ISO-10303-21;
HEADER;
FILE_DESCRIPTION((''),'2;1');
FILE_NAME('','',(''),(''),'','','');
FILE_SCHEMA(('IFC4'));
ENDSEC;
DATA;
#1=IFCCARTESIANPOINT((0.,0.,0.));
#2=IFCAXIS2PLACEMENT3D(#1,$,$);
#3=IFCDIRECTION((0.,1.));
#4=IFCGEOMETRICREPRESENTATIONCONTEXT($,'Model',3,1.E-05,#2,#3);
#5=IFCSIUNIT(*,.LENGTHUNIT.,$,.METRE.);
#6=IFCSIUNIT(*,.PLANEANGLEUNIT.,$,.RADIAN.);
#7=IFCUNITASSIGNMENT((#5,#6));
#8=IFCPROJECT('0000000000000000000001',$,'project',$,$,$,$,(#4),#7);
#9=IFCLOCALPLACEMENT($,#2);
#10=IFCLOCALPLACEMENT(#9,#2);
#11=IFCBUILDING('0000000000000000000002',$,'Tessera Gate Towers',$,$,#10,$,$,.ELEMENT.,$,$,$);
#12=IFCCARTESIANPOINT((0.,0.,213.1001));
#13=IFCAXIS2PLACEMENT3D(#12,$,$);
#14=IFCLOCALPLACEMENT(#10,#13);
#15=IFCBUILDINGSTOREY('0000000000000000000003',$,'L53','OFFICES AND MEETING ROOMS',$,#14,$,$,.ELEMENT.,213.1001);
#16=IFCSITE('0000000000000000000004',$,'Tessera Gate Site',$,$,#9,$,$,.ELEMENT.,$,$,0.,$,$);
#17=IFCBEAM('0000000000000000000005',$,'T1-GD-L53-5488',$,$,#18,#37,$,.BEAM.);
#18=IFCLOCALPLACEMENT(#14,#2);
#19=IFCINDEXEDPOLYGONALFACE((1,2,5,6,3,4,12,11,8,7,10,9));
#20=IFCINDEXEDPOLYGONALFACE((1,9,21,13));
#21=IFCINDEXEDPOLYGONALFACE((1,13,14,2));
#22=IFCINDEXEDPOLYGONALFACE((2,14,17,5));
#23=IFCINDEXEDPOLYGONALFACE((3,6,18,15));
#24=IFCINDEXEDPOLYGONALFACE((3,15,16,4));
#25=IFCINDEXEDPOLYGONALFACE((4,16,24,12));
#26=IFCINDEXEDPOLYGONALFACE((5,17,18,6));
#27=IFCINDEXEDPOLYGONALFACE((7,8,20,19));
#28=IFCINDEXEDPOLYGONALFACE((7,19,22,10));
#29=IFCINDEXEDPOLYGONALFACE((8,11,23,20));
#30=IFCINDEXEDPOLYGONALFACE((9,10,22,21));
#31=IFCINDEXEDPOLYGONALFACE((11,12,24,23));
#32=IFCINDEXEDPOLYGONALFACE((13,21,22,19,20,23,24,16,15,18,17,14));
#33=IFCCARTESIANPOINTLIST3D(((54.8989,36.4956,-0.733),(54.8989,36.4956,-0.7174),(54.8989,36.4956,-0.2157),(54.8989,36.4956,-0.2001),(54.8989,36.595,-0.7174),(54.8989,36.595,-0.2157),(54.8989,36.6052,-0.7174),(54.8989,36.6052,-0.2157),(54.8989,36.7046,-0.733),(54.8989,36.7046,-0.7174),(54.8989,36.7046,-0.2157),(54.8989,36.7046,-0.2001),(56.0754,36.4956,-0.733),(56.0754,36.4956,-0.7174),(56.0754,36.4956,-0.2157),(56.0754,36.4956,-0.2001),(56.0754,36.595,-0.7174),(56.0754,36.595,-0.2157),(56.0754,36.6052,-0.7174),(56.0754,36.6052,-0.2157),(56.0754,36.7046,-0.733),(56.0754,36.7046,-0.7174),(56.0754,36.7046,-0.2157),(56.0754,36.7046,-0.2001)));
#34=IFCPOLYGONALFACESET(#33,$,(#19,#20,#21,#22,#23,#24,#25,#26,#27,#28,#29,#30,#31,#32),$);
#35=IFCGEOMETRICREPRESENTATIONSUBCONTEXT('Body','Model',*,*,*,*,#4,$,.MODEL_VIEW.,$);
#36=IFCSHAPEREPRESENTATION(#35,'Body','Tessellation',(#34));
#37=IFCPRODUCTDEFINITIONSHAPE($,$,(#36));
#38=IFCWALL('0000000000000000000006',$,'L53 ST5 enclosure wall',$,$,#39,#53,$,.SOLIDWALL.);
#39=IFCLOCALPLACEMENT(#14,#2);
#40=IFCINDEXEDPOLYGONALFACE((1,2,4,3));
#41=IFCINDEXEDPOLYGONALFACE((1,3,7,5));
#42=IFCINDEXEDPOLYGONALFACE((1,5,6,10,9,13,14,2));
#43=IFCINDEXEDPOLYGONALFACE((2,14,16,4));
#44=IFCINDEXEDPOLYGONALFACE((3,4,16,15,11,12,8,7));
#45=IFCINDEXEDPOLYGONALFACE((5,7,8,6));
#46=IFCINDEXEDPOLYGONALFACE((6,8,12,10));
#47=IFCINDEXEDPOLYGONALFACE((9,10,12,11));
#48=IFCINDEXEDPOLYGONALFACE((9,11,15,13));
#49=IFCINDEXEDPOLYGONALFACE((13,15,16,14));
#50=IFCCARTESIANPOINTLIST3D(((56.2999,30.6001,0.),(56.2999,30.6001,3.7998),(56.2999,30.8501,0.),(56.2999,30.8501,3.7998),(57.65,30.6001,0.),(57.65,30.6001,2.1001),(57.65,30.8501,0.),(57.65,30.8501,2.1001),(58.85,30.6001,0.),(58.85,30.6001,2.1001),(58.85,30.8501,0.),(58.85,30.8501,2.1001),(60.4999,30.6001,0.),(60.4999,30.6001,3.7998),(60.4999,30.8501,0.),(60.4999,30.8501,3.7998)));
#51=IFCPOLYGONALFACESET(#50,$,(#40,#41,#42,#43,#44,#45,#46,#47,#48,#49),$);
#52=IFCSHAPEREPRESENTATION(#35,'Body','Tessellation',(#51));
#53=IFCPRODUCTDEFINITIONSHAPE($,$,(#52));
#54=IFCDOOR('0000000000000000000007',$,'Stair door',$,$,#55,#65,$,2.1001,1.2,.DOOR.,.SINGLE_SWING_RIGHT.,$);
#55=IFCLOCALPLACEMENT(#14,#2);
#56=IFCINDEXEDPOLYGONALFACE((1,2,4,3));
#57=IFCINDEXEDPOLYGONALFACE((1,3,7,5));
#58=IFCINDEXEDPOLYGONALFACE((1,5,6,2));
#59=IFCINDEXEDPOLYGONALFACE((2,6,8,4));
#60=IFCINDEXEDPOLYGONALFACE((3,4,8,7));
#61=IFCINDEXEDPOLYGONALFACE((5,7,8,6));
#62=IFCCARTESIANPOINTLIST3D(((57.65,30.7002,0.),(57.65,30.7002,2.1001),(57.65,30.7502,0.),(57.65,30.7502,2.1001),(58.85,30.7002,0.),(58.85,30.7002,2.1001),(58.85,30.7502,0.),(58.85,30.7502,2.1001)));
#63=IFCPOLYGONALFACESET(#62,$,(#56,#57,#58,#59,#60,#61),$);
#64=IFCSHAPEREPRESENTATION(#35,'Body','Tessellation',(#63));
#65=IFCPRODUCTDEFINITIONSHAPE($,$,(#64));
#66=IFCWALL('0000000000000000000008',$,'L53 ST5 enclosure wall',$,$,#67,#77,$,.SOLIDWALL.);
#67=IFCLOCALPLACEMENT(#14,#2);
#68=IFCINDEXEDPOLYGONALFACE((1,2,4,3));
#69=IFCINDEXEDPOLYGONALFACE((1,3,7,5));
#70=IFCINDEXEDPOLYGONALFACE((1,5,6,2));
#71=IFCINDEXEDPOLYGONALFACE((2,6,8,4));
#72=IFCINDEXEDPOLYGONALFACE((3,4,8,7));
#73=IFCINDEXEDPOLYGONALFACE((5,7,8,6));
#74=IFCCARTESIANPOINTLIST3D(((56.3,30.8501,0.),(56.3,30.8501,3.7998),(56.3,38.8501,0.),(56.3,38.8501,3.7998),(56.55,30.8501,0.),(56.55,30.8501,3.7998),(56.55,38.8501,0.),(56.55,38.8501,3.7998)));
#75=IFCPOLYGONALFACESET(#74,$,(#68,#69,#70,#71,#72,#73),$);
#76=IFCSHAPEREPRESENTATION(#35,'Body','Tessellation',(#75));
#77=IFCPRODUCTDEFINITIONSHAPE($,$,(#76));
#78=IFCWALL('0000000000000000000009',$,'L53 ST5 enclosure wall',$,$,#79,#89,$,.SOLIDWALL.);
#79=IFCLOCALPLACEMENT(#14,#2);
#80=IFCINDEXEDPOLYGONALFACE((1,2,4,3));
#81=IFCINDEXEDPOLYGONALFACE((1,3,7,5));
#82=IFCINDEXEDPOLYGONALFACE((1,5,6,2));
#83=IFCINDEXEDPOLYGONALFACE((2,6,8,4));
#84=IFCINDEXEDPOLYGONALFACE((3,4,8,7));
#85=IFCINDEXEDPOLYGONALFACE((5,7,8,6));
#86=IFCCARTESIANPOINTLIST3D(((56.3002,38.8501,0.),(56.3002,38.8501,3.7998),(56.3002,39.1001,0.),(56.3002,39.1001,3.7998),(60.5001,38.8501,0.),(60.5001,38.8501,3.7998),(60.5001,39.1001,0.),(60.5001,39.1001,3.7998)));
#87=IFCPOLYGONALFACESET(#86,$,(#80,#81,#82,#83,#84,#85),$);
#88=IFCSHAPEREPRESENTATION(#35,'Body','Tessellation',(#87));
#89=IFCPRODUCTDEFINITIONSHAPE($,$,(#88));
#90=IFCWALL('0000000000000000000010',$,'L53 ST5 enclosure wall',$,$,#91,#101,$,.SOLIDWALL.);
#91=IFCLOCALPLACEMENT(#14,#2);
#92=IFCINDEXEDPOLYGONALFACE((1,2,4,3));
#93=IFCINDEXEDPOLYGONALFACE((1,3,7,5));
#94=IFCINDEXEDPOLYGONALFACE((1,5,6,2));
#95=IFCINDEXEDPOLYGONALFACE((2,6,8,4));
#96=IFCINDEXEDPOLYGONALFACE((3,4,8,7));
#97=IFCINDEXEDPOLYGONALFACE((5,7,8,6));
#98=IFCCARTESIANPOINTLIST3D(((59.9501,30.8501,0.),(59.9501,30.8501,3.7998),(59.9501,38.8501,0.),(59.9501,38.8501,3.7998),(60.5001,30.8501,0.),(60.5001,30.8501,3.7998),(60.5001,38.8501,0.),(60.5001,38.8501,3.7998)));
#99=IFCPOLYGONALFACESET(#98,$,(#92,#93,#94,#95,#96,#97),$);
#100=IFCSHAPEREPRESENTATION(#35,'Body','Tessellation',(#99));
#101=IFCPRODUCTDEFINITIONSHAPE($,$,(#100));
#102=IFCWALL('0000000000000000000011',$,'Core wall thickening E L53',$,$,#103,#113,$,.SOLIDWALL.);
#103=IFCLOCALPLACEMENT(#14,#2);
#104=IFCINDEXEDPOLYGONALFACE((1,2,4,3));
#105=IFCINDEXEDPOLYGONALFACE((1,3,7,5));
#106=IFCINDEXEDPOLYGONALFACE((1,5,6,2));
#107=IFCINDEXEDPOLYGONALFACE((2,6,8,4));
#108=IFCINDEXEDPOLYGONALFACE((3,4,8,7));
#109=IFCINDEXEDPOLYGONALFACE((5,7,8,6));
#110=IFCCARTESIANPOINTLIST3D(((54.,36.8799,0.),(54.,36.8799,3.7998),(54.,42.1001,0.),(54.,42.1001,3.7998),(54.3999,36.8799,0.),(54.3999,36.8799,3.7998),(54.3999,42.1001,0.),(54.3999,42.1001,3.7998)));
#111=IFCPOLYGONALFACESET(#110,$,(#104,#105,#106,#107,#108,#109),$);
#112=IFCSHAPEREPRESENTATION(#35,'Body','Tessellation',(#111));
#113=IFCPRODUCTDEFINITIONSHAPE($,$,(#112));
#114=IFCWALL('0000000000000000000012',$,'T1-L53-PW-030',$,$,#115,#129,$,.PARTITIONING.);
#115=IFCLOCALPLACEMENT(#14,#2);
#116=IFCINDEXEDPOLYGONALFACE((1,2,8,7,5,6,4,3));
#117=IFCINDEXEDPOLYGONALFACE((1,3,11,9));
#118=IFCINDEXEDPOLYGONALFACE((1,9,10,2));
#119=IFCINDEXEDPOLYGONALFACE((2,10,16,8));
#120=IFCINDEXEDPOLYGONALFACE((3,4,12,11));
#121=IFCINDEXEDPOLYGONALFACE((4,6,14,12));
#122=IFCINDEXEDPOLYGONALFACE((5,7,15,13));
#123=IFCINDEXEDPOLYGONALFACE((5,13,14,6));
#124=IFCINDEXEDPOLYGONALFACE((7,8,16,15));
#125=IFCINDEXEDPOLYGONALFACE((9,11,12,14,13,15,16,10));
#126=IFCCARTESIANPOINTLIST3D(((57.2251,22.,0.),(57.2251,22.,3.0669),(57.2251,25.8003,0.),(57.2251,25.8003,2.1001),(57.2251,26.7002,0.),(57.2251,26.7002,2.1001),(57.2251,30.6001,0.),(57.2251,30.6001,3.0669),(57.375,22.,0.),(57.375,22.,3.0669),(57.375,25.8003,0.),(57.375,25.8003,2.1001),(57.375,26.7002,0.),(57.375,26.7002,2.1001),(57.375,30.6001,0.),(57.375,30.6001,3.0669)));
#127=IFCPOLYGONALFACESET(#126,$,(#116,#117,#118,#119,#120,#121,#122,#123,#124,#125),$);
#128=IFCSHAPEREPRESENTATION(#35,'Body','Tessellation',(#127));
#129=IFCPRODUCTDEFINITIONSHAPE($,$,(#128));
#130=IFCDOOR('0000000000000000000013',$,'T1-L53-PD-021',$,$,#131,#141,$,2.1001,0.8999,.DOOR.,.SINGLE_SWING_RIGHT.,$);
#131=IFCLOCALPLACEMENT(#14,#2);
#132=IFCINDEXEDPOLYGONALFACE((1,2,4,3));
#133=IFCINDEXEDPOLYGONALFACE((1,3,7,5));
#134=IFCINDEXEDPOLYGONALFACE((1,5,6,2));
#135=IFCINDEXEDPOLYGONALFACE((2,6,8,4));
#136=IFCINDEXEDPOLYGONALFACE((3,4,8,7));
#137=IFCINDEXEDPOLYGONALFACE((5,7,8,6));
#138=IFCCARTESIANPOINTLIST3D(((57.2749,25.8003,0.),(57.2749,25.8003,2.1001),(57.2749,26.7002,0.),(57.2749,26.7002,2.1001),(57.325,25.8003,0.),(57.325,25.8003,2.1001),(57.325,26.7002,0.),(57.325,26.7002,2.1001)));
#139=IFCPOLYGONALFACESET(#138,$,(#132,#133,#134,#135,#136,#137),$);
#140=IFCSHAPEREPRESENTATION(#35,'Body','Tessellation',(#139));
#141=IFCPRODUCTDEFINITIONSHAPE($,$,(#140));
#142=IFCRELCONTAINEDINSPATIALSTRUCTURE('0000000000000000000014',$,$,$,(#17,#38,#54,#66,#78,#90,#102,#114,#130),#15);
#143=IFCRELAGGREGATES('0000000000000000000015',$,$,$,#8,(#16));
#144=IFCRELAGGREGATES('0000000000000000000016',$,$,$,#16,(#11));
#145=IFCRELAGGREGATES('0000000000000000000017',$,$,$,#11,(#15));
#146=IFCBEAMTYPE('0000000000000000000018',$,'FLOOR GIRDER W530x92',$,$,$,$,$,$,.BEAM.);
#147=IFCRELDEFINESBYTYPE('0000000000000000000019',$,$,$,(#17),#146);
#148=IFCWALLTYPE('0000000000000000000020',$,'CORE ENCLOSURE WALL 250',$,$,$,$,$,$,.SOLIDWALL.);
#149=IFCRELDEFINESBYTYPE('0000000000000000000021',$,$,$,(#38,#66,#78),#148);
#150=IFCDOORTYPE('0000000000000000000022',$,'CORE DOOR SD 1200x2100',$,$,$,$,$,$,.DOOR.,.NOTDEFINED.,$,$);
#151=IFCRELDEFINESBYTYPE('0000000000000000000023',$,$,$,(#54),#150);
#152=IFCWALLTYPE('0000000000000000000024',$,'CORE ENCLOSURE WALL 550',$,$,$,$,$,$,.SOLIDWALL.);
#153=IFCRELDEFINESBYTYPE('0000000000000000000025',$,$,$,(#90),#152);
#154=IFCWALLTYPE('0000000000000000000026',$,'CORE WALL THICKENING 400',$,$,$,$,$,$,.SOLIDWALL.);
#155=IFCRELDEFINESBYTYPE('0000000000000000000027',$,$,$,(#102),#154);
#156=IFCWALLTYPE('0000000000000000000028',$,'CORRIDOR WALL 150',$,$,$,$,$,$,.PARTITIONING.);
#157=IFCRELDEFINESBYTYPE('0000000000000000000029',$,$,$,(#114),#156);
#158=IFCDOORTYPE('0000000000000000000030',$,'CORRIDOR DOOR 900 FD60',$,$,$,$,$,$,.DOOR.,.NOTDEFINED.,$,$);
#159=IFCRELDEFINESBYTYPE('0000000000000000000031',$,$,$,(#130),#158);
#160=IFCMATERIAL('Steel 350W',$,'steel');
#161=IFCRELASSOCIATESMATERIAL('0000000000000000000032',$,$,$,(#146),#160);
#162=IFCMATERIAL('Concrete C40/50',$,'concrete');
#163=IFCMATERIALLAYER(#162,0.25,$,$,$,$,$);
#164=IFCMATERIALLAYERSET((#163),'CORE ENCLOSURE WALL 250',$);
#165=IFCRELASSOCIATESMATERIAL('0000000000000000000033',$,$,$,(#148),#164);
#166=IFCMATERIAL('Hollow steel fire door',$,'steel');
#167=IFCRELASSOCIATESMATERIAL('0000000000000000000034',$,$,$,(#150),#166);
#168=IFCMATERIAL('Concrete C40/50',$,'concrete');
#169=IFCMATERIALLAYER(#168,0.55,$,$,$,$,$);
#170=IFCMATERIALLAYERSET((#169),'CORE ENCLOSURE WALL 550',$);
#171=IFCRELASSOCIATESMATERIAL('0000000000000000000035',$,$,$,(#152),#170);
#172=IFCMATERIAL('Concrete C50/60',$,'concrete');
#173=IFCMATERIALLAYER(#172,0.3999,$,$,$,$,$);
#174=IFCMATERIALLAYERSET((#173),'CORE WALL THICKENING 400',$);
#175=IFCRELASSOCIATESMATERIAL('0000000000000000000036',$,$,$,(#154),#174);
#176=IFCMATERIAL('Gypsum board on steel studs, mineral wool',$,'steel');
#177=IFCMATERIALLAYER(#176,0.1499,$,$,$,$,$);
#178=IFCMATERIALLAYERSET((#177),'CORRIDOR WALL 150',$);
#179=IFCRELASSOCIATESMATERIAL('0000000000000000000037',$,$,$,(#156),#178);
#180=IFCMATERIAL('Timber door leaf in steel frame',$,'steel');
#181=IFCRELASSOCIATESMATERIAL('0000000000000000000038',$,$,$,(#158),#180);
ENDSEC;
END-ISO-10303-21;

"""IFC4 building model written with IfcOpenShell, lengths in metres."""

from ifc_helpers import new_model, si_unit, direction, frame, frame_2d, origin, origin_2d, place, context, subcontext, project, spatial, rectangle, i_section, extrude, source, transform, mapped, material, layer, layer_set, material_profile, profile_set, type_object, element, fill, save


model = new_model("IFC4")

# Units and contexts
model_context = context("Model", 3, precision=1e-05, world=origin(), true_north=direction((0.0, 1.0)))
body_context = subcontext(model_context, "Body", "Model", "MODEL_VIEW")
ifc_project = project(units=[si_unit("LENGTHUNIT", "METRE"), si_unit("PLANEANGLEUNIT", "RADIAN")], contexts=[model_context])

# Site, building, storey
site_placement = place(None, origin())
site = spatial("IfcSite", under=ifc_project, at=site_placement, Name="Tessera Gate Site", CompositionType="ELEMENT", RefElevation=0.0)
building_placement = place(site_placement, origin())
building = spatial("IfcBuilding", under=site, at=building_placement, Name="Tessera Gate Towers", CompositionType="ELEMENT")
storey_placement = place(building_placement, frame((0.0, 0.0, 213.1001)))
storey = spatial("IfcBuildingStorey", under=building, at=storey_placement, Name="L53", Description="OFFICES AND MEETING ROOMS", CompositionType="ELEMENT", Elevation=213.1001)

# Beam
ifc_material_1 = material(Name="Steel 350W", Category="steel")
ifc_material_profile = material_profile(ifc_material_1, i_section(OverallWidth=0.209, OverallDepth=0.533, WebThickness=0.0103, FlangeThickness=0.0156, at=origin_2d()), Name="W530x92")
ifc_profile_set = profile_set([ifc_material_profile], Name="Steel 350W")
beam_type = type_object("IfcBeamType", Name="FLOOR GIRDER W530x92", PredefinedType="BEAM", material=ifc_profile_set)
beam_placement = place(storey_placement, frame((54.8989, 36.6001, -0.4666), z_axis=(1.0, 0.0, 0.0), x_axis=(0.0, 1.0, 0.0)))
element("IfcBeam", 1, at=beam_placement, inside=storey, type_object=beam_type, Name="T1-GD-L53-5488", PredefinedType="BEAM", context=body_context, shape_type="SweptSolid", body=[
    extrude(i_section(OverallWidth=0.209, OverallDepth=0.533, WebThickness=0.0103, FlangeThickness=0.0156, at=origin_2d()), origin(), (0.0, 0.0, 1.0), 1.1765),
])

# Wall, opening, door
ifc_material_2 = material(Name="Concrete C40/50", Category="concrete")
ifc_layer_1 = layer(ifc_material_2, 0.25)
ifc_layer_set_1 = layer_set([ifc_layer_1], Name="CORE ENCLOSURE WALL 250")
wall_type_1 = type_object("IfcWallType", Name="CORE ENCLOSURE WALL 250", PredefinedType="SOLIDWALL", material=ifc_layer_set_1)
wall_1_placement = place(storey_placement, frame((60.5, 30.7251, 0.0), z_axis=(0.0, 0.0, 1.0), x_axis=(-1.0, 0.0, 0.0)))
wall_1 = element("IfcWall", 2, at=wall_1_placement, inside=storey, type_object=wall_type_1, Name="L53 ST5 enclosure wall", PredefinedType="SOLIDWALL", context=body_context, shape_type="SweptSolid", body=[
    extrude(rectangle(XDim=4.2, YDim=0.25, at=frame_2d((2.1001, 0.0))), origin(), (0.0, 0.0, 1.0), 3.7998),
])
shared_shape_1 = source(origin(), body_context, "Body", "SweptSolid", [
    extrude(rectangle(XDim=1.2, YDim=2.1001, at=frame_2d((0.6001, 1.05))), frame((0.0, 0.135, 0.0), z_axis=(0.0, -1.0, 0.0), x_axis=(1.0, 0.0, 0.0)), (0.0, 0.0, 1.0), 0.27),
])
opening_1_placement = place(wall_1_placement, frame((1.6499, 0.0, 0.0)))
opening_1 = element("IfcOpeningElement", 3, at=opening_1_placement, cuts=wall_1, PredefinedType="OPENING", context=body_context, shape_type="MappedRepresentation", body=[
    mapped(shared_shape_1, transform((0.0, 0.0, 0.0), scale=1.0)),
])
ifc_material_3 = material(Name="Hollow steel fire door", Category="steel")
door_type_1 = type_object("IfcDoorType", Name="CORE DOOR SD 1200x2100", OperationType="NOTDEFINED", PredefinedType="DOOR", material=ifc_material_3)
shared_shape_2 = source(origin(), body_context, "Body", "SweptSolid", [
    extrude(rectangle(XDim=1.2, YDim=2.1001, at=frame_2d((0.6001, 1.05))), frame((0.0, 0.0249, 0.0), z_axis=(0.0, -1.0, 0.0), x_axis=(1.0, 0.0, 0.0)), (0.0, 0.0, 1.0), 0.05),
])
door_1_placement = place(opening_1_placement, origin())
door_1 = element("IfcDoor", 4, at=door_1_placement, inside=storey, type_object=door_type_1, Name="Stair door", OperationType="SINGLE_SWING_RIGHT", OverallHeight=2.1001, OverallWidth=1.2, PredefinedType="DOOR", context=body_context, shape_type="MappedRepresentation", body=[
    mapped(shared_shape_2, transform((0.0, 0.0, 0.0), scale=1.0)),
])
fill(opening_1, door_1)

# Walls
wall_2_placement = place(storey_placement, frame((56.425, 30.8501, 0.0), z_axis=(0.0, 0.0, 1.0), x_axis=(0.0, 1.0, 0.0)))
element("IfcWall", 5, at=wall_2_placement, inside=storey, type_object=wall_type_1, Name="L53 ST5 enclosure wall", PredefinedType="SOLIDWALL", context=body_context, shape_type="SweptSolid", body=[
    extrude(rectangle(XDim=8.0, YDim=0.25, at=frame_2d((4.0, 0.0))), origin(), (0.0, 0.0, 1.0), 3.7998),
])
wall_3_placement = place(storey_placement, frame((56.3, 38.9751, 0.0), z_axis=(0.0, 0.0, 1.0), x_axis=(1.0, 0.0, 0.0)))
element("IfcWall", 6, at=wall_3_placement, inside=storey, type_object=wall_type_1, Name="L53 ST5 enclosure wall", PredefinedType="SOLIDWALL", context=body_context, shape_type="SweptSolid", body=[
    extrude(rectangle(XDim=4.2, YDim=0.25, at=frame_2d((2.1001, 0.0))), origin(), (0.0, 0.0, 1.0), 3.7998),
])
ifc_material_4 = material(Name="Concrete C40/50", Category="concrete")
ifc_layer_2 = layer(ifc_material_4, 0.55)
ifc_layer_set_2 = layer_set([ifc_layer_2], Name="CORE ENCLOSURE WALL 550")
wall_type_2 = type_object("IfcWallType", Name="CORE ENCLOSURE WALL 550", PredefinedType="SOLIDWALL", material=ifc_layer_set_2)
wall_4_placement = place(storey_placement, frame((60.2251, 38.8501, 0.0), z_axis=(0.0, 0.0, 1.0), x_axis=(0.0, -1.0, 0.0)))
element("IfcWall", 7, at=wall_4_placement, inside=storey, type_object=wall_type_2, Name="L53 ST5 enclosure wall", PredefinedType="SOLIDWALL", context=body_context, shape_type="SweptSolid", body=[
    extrude(rectangle(XDim=8.0, YDim=0.55, at=frame_2d((4.0, 0.0))), origin(), (0.0, 0.0, 1.0), 3.7998),
])
ifc_material_5 = material(Name="Concrete C50/60", Category="concrete")
ifc_layer_3 = layer(ifc_material_5, 0.3999)
ifc_layer_set_3 = layer_set([ifc_layer_3], Name="CORE WALL THICKENING 400")
wall_type_3 = type_object("IfcWallType", Name="CORE WALL THICKENING 400", PredefinedType="SOLIDWALL", material=ifc_layer_set_3)
wall_5_placement = place(storey_placement, frame((54.2, 36.8799, 0.0), z_axis=(0.0, 0.0, 1.0), x_axis=(0.0, 1.0, 0.0)))
element("IfcWall", 8, at=wall_5_placement, inside=storey, type_object=wall_type_3, Name="Core wall thickening E L53", PredefinedType="SOLIDWALL", context=body_context, shape_type="SweptSolid", body=[
    extrude(rectangle(XDim=5.2202, YDim=0.3999, at=frame_2d((2.6101, 0.0))), origin(), (0.0, 0.0, 1.0), 3.7998),
])

# Wall, opening, door
ifc_material_6 = material(Name="Gypsum board on steel studs, mineral wool", Category="steel")
ifc_layer_4 = layer(ifc_material_6, 0.1499)
ifc_layer_set_4 = layer_set([ifc_layer_4], Name="CORRIDOR WALL 150")
wall_type_4 = type_object("IfcWallType", Name="CORRIDOR WALL 150", PredefinedType="PARTITIONING", material=ifc_layer_set_4)
wall_6_placement = place(storey_placement, frame((57.3, 30.6001, 0.0), z_axis=(0.0, 0.0, 1.0), x_axis=(0.0, -1.0, 0.0)))
wall_6 = element("IfcWall", 9, at=wall_6_placement, inside=storey, type_object=wall_type_4, Name="T1-L53-PW-030", PredefinedType="PARTITIONING", context=body_context, shape_type="SweptSolid", body=[
    extrude(rectangle(XDim=8.6001, YDim=0.1499, at=frame_2d((4.3, 0.0))), origin(), (0.0, 0.0, 1.0), 3.0669),
])
shared_shape_3 = source(origin(), body_context, "Body", "SweptSolid", [
    extrude(rectangle(XDim=0.8999, YDim=2.1001, at=frame_2d((0.45, 1.05))), frame((0.0, 0.085, 0.0), z_axis=(0.0, -1.0, 0.0), x_axis=(1.0, 0.0, 0.0)), (0.0, 0.0, 1.0), 0.1699),
])
opening_2_placement = place(wall_6_placement, frame((3.8999, 0.0, 0.0)))
opening_2 = element("IfcOpeningElement", 10, at=opening_2_placement, cuts=wall_6, PredefinedType="OPENING", context=body_context, shape_type="MappedRepresentation", body=[
    mapped(shared_shape_3, transform((0.0, 0.0, 0.0), scale=1.0)),
])
ifc_material_7 = material(Name="Timber door leaf in steel frame", Category="steel")
door_type_2 = type_object("IfcDoorType", Name="CORRIDOR DOOR 900 FD60", OperationType="NOTDEFINED", PredefinedType="DOOR", material=ifc_material_7)
shared_shape_4 = source(origin(), body_context, "Body", "SweptSolid", [
    extrude(rectangle(XDim=0.8999, YDim=2.1001, at=frame_2d((0.45, 1.05))), frame((0.0, 0.0249, 0.0), z_axis=(0.0, -1.0, 0.0), x_axis=(1.0, 0.0, 0.0)), (0.0, 0.0, 1.0), 0.05),
])
door_2_placement = place(opening_2_placement, origin())
door_2 = element("IfcDoor", 11, at=door_2_placement, inside=storey, type_object=door_type_2, Name="T1-L53-PD-021", OperationType="SINGLE_SWING_RIGHT", OverallHeight=2.1001, OverallWidth=0.8999, PredefinedType="DOOR", context=body_context, shape_type="MappedRepresentation", body=[
    mapped(shared_shape_4, transform((0.0, 0.0, 0.0), scale=1.0)),
])
fill(opening_2, door_2)

save(model, "model.ifc")
